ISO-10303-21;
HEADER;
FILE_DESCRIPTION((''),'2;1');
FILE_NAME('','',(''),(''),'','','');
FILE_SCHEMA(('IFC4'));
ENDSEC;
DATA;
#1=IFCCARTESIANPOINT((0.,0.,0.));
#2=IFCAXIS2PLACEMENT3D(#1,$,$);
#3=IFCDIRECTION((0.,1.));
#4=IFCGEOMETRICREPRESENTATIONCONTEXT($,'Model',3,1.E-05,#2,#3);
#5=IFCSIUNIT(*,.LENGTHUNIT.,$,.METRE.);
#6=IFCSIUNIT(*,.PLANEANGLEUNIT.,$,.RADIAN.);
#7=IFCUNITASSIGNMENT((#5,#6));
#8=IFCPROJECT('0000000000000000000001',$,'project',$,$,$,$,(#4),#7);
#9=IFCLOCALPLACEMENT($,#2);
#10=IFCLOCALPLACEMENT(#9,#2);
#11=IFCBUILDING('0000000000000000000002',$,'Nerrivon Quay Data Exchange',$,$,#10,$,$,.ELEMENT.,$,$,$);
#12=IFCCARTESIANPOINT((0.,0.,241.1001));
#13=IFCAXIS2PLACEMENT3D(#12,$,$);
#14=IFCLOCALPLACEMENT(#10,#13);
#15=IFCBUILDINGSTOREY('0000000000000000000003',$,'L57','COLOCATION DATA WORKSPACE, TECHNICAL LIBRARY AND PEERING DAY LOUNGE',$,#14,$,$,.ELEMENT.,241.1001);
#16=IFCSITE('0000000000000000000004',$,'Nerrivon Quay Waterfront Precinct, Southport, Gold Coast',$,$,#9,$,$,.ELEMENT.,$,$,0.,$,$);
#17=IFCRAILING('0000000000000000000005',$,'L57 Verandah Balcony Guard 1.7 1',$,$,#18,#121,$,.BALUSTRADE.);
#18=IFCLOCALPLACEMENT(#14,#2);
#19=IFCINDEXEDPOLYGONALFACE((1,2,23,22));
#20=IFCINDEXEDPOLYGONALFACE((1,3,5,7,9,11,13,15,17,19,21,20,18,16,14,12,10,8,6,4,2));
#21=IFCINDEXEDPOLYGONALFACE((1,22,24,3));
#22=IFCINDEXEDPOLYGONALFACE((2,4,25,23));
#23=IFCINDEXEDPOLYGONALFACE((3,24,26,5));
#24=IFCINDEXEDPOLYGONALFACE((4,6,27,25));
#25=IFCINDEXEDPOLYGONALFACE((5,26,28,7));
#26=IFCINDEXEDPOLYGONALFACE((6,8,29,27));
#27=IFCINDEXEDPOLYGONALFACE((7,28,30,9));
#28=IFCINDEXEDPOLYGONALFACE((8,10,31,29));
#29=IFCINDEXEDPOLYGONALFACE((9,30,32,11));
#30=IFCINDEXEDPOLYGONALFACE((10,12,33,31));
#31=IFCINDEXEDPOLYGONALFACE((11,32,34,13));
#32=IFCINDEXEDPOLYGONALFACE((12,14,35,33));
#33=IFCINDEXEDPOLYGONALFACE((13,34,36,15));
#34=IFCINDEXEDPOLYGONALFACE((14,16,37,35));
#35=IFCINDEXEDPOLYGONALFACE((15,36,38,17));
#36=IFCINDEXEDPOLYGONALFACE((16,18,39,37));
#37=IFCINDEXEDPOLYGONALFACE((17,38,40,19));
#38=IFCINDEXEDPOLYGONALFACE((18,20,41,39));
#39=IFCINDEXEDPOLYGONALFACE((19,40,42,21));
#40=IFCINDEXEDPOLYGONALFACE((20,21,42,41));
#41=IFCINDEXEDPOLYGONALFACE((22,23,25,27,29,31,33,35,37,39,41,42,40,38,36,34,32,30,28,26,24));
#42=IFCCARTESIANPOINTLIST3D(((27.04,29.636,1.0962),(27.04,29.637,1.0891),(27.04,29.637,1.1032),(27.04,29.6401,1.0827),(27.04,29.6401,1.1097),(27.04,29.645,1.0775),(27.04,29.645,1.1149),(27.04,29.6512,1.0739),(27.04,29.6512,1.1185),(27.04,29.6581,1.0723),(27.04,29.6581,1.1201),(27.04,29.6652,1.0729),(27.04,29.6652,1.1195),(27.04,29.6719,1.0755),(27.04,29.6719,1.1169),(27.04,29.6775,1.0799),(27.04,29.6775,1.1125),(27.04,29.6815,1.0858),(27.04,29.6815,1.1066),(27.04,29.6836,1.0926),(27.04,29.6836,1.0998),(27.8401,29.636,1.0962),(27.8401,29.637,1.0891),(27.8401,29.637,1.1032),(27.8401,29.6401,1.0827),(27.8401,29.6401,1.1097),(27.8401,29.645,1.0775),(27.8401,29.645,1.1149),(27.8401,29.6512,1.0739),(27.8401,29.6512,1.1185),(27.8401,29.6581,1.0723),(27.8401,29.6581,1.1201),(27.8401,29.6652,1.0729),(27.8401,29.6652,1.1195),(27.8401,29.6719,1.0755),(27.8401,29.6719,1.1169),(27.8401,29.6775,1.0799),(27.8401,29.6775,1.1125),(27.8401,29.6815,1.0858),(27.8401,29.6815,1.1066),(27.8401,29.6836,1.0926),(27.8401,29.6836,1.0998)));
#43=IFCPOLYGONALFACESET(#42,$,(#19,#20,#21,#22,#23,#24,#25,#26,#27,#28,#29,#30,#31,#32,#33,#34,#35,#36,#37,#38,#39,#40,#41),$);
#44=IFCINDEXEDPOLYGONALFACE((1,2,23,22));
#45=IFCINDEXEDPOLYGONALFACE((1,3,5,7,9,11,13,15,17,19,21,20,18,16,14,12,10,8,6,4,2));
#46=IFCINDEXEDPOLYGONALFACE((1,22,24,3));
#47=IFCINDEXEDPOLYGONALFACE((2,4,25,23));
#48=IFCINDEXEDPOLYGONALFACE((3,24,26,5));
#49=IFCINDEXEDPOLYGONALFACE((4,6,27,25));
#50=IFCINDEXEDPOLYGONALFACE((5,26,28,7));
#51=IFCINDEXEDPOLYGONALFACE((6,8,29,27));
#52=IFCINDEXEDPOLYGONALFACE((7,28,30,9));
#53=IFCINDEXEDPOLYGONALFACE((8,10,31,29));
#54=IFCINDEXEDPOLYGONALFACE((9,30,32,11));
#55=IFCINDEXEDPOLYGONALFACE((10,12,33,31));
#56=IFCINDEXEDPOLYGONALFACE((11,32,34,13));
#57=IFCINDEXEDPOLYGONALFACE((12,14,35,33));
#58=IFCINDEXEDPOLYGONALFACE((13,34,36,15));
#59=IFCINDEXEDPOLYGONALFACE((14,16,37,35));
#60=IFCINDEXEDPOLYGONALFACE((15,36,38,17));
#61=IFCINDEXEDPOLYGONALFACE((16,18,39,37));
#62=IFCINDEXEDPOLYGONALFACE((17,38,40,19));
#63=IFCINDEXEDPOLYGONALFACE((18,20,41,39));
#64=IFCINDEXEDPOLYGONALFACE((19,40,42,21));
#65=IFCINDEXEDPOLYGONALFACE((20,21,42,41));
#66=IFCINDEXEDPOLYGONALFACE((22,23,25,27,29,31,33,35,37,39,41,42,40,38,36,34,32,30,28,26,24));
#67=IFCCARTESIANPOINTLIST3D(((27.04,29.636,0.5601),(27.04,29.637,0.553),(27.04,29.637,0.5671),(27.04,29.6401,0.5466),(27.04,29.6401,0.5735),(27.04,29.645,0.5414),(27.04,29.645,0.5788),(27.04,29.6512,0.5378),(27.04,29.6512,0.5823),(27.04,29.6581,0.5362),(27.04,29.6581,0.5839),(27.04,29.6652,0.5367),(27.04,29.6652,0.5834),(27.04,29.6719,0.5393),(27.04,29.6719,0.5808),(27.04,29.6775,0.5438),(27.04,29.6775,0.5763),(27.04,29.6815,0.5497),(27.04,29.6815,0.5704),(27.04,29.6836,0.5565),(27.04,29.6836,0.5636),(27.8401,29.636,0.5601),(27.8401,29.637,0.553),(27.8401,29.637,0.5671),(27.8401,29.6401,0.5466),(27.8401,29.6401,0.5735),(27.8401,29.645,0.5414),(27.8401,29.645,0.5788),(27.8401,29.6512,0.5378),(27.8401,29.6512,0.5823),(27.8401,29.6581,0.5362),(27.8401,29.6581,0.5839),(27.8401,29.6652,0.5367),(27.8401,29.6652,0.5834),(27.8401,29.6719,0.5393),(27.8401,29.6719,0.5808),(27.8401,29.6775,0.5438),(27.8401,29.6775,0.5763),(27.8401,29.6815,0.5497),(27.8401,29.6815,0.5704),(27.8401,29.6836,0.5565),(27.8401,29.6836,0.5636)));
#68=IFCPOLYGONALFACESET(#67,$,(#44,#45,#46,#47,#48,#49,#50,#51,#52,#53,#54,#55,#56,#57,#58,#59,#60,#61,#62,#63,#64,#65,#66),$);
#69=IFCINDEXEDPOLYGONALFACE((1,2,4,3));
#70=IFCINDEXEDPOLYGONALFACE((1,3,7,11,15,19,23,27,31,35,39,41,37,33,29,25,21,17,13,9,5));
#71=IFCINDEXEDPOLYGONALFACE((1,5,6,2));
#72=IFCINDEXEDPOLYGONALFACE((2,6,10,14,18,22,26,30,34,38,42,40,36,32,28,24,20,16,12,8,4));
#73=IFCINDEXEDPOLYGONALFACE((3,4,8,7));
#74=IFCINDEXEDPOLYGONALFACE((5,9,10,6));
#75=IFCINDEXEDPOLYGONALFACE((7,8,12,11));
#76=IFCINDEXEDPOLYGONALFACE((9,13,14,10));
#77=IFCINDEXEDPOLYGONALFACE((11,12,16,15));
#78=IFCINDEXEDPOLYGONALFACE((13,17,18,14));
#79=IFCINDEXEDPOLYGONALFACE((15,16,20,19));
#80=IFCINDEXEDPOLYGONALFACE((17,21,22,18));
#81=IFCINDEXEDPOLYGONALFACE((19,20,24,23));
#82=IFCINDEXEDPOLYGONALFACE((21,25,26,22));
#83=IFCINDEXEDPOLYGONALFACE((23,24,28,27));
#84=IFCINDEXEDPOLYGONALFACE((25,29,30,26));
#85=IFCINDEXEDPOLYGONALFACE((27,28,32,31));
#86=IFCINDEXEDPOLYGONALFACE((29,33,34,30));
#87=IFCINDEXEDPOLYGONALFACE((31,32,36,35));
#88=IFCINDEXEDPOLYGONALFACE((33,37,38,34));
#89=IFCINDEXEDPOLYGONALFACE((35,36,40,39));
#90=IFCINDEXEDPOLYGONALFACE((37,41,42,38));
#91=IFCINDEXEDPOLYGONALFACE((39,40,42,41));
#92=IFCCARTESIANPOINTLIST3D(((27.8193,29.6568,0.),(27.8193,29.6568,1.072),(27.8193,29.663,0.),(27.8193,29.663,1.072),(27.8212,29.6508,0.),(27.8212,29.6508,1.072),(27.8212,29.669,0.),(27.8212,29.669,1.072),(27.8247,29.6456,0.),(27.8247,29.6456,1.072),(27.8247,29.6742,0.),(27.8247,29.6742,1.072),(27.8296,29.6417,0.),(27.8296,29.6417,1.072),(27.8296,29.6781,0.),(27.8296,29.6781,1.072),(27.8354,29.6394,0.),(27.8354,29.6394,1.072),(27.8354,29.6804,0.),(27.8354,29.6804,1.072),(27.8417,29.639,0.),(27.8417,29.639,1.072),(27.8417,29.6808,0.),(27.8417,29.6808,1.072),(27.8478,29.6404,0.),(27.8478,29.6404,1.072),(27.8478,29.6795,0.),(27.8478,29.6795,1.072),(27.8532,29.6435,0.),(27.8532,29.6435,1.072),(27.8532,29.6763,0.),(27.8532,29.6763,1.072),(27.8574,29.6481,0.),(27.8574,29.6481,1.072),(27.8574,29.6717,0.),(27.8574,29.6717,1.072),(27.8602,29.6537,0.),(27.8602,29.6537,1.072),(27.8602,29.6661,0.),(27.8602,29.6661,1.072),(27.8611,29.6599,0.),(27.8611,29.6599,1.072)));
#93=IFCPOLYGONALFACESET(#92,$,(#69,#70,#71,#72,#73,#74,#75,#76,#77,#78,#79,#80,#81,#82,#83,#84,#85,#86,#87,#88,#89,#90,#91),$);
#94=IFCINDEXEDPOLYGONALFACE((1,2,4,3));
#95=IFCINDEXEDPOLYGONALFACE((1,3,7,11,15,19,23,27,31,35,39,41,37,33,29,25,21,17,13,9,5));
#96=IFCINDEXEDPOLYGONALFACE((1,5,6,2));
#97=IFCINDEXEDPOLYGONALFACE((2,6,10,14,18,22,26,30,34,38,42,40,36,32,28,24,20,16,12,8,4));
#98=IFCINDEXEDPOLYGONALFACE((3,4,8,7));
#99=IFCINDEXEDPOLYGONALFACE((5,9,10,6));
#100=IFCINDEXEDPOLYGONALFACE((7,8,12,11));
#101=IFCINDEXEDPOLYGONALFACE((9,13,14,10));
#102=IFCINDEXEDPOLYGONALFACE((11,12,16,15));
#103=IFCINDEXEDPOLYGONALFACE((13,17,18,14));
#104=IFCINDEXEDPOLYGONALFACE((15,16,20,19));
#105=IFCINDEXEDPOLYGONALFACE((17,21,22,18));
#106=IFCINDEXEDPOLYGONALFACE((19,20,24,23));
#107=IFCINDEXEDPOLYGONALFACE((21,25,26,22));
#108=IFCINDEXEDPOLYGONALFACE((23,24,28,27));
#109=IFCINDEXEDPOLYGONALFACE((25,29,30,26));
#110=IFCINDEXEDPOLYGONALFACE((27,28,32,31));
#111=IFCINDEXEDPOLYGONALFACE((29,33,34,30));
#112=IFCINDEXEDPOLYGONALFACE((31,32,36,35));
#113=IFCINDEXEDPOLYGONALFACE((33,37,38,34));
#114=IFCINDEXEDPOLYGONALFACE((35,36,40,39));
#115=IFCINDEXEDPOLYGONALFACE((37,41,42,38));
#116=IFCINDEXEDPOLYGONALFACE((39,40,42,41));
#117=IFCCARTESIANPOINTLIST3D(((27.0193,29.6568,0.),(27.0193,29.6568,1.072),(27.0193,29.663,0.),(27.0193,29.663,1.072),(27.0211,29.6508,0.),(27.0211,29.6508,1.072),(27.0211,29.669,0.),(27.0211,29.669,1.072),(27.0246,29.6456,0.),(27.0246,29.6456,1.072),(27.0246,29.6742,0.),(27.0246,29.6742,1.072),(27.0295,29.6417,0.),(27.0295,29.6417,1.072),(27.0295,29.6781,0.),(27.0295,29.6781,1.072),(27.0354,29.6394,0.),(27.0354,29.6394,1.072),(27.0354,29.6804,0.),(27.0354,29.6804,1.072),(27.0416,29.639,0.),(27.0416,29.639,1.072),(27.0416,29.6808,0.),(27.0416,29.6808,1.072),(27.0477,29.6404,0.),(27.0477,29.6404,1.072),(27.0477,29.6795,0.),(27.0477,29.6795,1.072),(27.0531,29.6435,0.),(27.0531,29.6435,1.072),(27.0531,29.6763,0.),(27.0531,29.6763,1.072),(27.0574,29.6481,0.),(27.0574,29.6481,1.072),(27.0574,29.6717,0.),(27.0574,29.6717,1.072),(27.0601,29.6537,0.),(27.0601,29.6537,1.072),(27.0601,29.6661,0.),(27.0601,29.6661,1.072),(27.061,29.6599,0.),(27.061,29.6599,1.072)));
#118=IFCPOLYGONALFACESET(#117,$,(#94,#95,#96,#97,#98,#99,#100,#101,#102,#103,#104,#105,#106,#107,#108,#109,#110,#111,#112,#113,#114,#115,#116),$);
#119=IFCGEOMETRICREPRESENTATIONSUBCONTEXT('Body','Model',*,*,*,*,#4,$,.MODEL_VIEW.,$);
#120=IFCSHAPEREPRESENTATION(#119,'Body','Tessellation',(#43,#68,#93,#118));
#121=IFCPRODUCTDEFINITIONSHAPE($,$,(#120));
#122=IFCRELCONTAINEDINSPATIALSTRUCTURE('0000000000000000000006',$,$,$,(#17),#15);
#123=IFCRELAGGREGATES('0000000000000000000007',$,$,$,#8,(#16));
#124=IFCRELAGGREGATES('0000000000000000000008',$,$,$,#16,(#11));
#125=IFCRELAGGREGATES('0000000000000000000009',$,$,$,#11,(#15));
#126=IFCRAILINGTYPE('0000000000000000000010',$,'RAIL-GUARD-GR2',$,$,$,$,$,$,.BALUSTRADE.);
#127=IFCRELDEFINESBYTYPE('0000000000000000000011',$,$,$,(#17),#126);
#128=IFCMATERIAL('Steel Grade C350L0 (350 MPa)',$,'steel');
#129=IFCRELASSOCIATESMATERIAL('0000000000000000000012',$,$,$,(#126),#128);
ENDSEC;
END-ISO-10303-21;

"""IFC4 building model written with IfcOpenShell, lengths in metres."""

from ifc_helpers import new_model, si_unit, direction, frame, origin, origin_2d, place, context, subcontext, project, spatial, circle, extrude, material, type_object, element, save


model = new_model("IFC4")

# Units and contexts
model_context = context("Model", 3, precision=1e-05, world=origin(), true_north=direction((0.0, 1.0)))
body_context = subcontext(model_context, "Body", "Model", "MODEL_VIEW")
ifc_project = project(units=[si_unit("LENGTHUNIT", "METRE"), si_unit("PLANEANGLEUNIT", "RADIAN")], contexts=[model_context])

# Site, building, storey
site_placement = place(None, origin())
site = spatial("IfcSite", under=ifc_project, at=site_placement, Name="Nerrivon Quay Waterfront Precinct, Southport, Gold Coast", CompositionType="ELEMENT", RefElevation=0.0)
building_placement = place(site_placement, origin())
building = spatial("IfcBuilding", under=site, at=building_placement, Name="Nerrivon Quay Data Exchange", CompositionType="ELEMENT")
storey_placement = place(building_placement, frame((0.0, 0.0, 241.1001)))
storey = spatial("IfcBuildingStorey", under=building, at=storey_placement, Name="L57", Description="COLOCATION DATA WORKSPACE, TECHNICAL LIBRARY AND PEERING DAY LOUNGE", CompositionType="ELEMENT", Elevation=241.1001)

# Shared definitions
ifc_material_1 = material(Name="Steel Grade C350L0 (350 MPa)", Category="steel")

# Railing
railing_type = type_object("IfcRailingType", Name="RAIL-GUARD-GR2", PredefinedType="BALUSTRADE", material=ifc_material_1)
railing_1_placement = place(storey_placement, frame((27.8401, 29.6599, 0.0)))
element("IfcRailing", 1, at=railing_1_placement, inside=storey, type_object=railing_type, Name="L57 Verandah Balcony Guard 1.7 1", PredefinedType="BALUSTRADE", context=body_context, shape_type="SweptSolid", body=[
    extrude(circle(Radius=0.0239, at=origin_2d()), frame((0.0, 0.0, 1.0962), z_axis=(-1.0, 0.0, 0.0), x_axis=(0.0, -1.0, 0.0)), (0.0, 0.0, 1.0), 0.8),
    extrude(circle(Radius=0.0239, at=origin_2d()), frame((0.0, 0.0, 0.5601), z_axis=(-1.0, 0.0, 0.0), x_axis=(0.0, -1.0, 0.0)), (0.0, 0.0, 1.0), 0.8),
    extrude(circle(Radius=0.021, at=origin_2d()), origin(), (0.0, 0.0, 1.0), 1.072),
    extrude(circle(Radius=0.021, at=origin_2d()), frame((-0.8, 0.0, 0.0)), (0.0, 0.0, 1.0), 1.072),
])

save(model, "model.ifc")
